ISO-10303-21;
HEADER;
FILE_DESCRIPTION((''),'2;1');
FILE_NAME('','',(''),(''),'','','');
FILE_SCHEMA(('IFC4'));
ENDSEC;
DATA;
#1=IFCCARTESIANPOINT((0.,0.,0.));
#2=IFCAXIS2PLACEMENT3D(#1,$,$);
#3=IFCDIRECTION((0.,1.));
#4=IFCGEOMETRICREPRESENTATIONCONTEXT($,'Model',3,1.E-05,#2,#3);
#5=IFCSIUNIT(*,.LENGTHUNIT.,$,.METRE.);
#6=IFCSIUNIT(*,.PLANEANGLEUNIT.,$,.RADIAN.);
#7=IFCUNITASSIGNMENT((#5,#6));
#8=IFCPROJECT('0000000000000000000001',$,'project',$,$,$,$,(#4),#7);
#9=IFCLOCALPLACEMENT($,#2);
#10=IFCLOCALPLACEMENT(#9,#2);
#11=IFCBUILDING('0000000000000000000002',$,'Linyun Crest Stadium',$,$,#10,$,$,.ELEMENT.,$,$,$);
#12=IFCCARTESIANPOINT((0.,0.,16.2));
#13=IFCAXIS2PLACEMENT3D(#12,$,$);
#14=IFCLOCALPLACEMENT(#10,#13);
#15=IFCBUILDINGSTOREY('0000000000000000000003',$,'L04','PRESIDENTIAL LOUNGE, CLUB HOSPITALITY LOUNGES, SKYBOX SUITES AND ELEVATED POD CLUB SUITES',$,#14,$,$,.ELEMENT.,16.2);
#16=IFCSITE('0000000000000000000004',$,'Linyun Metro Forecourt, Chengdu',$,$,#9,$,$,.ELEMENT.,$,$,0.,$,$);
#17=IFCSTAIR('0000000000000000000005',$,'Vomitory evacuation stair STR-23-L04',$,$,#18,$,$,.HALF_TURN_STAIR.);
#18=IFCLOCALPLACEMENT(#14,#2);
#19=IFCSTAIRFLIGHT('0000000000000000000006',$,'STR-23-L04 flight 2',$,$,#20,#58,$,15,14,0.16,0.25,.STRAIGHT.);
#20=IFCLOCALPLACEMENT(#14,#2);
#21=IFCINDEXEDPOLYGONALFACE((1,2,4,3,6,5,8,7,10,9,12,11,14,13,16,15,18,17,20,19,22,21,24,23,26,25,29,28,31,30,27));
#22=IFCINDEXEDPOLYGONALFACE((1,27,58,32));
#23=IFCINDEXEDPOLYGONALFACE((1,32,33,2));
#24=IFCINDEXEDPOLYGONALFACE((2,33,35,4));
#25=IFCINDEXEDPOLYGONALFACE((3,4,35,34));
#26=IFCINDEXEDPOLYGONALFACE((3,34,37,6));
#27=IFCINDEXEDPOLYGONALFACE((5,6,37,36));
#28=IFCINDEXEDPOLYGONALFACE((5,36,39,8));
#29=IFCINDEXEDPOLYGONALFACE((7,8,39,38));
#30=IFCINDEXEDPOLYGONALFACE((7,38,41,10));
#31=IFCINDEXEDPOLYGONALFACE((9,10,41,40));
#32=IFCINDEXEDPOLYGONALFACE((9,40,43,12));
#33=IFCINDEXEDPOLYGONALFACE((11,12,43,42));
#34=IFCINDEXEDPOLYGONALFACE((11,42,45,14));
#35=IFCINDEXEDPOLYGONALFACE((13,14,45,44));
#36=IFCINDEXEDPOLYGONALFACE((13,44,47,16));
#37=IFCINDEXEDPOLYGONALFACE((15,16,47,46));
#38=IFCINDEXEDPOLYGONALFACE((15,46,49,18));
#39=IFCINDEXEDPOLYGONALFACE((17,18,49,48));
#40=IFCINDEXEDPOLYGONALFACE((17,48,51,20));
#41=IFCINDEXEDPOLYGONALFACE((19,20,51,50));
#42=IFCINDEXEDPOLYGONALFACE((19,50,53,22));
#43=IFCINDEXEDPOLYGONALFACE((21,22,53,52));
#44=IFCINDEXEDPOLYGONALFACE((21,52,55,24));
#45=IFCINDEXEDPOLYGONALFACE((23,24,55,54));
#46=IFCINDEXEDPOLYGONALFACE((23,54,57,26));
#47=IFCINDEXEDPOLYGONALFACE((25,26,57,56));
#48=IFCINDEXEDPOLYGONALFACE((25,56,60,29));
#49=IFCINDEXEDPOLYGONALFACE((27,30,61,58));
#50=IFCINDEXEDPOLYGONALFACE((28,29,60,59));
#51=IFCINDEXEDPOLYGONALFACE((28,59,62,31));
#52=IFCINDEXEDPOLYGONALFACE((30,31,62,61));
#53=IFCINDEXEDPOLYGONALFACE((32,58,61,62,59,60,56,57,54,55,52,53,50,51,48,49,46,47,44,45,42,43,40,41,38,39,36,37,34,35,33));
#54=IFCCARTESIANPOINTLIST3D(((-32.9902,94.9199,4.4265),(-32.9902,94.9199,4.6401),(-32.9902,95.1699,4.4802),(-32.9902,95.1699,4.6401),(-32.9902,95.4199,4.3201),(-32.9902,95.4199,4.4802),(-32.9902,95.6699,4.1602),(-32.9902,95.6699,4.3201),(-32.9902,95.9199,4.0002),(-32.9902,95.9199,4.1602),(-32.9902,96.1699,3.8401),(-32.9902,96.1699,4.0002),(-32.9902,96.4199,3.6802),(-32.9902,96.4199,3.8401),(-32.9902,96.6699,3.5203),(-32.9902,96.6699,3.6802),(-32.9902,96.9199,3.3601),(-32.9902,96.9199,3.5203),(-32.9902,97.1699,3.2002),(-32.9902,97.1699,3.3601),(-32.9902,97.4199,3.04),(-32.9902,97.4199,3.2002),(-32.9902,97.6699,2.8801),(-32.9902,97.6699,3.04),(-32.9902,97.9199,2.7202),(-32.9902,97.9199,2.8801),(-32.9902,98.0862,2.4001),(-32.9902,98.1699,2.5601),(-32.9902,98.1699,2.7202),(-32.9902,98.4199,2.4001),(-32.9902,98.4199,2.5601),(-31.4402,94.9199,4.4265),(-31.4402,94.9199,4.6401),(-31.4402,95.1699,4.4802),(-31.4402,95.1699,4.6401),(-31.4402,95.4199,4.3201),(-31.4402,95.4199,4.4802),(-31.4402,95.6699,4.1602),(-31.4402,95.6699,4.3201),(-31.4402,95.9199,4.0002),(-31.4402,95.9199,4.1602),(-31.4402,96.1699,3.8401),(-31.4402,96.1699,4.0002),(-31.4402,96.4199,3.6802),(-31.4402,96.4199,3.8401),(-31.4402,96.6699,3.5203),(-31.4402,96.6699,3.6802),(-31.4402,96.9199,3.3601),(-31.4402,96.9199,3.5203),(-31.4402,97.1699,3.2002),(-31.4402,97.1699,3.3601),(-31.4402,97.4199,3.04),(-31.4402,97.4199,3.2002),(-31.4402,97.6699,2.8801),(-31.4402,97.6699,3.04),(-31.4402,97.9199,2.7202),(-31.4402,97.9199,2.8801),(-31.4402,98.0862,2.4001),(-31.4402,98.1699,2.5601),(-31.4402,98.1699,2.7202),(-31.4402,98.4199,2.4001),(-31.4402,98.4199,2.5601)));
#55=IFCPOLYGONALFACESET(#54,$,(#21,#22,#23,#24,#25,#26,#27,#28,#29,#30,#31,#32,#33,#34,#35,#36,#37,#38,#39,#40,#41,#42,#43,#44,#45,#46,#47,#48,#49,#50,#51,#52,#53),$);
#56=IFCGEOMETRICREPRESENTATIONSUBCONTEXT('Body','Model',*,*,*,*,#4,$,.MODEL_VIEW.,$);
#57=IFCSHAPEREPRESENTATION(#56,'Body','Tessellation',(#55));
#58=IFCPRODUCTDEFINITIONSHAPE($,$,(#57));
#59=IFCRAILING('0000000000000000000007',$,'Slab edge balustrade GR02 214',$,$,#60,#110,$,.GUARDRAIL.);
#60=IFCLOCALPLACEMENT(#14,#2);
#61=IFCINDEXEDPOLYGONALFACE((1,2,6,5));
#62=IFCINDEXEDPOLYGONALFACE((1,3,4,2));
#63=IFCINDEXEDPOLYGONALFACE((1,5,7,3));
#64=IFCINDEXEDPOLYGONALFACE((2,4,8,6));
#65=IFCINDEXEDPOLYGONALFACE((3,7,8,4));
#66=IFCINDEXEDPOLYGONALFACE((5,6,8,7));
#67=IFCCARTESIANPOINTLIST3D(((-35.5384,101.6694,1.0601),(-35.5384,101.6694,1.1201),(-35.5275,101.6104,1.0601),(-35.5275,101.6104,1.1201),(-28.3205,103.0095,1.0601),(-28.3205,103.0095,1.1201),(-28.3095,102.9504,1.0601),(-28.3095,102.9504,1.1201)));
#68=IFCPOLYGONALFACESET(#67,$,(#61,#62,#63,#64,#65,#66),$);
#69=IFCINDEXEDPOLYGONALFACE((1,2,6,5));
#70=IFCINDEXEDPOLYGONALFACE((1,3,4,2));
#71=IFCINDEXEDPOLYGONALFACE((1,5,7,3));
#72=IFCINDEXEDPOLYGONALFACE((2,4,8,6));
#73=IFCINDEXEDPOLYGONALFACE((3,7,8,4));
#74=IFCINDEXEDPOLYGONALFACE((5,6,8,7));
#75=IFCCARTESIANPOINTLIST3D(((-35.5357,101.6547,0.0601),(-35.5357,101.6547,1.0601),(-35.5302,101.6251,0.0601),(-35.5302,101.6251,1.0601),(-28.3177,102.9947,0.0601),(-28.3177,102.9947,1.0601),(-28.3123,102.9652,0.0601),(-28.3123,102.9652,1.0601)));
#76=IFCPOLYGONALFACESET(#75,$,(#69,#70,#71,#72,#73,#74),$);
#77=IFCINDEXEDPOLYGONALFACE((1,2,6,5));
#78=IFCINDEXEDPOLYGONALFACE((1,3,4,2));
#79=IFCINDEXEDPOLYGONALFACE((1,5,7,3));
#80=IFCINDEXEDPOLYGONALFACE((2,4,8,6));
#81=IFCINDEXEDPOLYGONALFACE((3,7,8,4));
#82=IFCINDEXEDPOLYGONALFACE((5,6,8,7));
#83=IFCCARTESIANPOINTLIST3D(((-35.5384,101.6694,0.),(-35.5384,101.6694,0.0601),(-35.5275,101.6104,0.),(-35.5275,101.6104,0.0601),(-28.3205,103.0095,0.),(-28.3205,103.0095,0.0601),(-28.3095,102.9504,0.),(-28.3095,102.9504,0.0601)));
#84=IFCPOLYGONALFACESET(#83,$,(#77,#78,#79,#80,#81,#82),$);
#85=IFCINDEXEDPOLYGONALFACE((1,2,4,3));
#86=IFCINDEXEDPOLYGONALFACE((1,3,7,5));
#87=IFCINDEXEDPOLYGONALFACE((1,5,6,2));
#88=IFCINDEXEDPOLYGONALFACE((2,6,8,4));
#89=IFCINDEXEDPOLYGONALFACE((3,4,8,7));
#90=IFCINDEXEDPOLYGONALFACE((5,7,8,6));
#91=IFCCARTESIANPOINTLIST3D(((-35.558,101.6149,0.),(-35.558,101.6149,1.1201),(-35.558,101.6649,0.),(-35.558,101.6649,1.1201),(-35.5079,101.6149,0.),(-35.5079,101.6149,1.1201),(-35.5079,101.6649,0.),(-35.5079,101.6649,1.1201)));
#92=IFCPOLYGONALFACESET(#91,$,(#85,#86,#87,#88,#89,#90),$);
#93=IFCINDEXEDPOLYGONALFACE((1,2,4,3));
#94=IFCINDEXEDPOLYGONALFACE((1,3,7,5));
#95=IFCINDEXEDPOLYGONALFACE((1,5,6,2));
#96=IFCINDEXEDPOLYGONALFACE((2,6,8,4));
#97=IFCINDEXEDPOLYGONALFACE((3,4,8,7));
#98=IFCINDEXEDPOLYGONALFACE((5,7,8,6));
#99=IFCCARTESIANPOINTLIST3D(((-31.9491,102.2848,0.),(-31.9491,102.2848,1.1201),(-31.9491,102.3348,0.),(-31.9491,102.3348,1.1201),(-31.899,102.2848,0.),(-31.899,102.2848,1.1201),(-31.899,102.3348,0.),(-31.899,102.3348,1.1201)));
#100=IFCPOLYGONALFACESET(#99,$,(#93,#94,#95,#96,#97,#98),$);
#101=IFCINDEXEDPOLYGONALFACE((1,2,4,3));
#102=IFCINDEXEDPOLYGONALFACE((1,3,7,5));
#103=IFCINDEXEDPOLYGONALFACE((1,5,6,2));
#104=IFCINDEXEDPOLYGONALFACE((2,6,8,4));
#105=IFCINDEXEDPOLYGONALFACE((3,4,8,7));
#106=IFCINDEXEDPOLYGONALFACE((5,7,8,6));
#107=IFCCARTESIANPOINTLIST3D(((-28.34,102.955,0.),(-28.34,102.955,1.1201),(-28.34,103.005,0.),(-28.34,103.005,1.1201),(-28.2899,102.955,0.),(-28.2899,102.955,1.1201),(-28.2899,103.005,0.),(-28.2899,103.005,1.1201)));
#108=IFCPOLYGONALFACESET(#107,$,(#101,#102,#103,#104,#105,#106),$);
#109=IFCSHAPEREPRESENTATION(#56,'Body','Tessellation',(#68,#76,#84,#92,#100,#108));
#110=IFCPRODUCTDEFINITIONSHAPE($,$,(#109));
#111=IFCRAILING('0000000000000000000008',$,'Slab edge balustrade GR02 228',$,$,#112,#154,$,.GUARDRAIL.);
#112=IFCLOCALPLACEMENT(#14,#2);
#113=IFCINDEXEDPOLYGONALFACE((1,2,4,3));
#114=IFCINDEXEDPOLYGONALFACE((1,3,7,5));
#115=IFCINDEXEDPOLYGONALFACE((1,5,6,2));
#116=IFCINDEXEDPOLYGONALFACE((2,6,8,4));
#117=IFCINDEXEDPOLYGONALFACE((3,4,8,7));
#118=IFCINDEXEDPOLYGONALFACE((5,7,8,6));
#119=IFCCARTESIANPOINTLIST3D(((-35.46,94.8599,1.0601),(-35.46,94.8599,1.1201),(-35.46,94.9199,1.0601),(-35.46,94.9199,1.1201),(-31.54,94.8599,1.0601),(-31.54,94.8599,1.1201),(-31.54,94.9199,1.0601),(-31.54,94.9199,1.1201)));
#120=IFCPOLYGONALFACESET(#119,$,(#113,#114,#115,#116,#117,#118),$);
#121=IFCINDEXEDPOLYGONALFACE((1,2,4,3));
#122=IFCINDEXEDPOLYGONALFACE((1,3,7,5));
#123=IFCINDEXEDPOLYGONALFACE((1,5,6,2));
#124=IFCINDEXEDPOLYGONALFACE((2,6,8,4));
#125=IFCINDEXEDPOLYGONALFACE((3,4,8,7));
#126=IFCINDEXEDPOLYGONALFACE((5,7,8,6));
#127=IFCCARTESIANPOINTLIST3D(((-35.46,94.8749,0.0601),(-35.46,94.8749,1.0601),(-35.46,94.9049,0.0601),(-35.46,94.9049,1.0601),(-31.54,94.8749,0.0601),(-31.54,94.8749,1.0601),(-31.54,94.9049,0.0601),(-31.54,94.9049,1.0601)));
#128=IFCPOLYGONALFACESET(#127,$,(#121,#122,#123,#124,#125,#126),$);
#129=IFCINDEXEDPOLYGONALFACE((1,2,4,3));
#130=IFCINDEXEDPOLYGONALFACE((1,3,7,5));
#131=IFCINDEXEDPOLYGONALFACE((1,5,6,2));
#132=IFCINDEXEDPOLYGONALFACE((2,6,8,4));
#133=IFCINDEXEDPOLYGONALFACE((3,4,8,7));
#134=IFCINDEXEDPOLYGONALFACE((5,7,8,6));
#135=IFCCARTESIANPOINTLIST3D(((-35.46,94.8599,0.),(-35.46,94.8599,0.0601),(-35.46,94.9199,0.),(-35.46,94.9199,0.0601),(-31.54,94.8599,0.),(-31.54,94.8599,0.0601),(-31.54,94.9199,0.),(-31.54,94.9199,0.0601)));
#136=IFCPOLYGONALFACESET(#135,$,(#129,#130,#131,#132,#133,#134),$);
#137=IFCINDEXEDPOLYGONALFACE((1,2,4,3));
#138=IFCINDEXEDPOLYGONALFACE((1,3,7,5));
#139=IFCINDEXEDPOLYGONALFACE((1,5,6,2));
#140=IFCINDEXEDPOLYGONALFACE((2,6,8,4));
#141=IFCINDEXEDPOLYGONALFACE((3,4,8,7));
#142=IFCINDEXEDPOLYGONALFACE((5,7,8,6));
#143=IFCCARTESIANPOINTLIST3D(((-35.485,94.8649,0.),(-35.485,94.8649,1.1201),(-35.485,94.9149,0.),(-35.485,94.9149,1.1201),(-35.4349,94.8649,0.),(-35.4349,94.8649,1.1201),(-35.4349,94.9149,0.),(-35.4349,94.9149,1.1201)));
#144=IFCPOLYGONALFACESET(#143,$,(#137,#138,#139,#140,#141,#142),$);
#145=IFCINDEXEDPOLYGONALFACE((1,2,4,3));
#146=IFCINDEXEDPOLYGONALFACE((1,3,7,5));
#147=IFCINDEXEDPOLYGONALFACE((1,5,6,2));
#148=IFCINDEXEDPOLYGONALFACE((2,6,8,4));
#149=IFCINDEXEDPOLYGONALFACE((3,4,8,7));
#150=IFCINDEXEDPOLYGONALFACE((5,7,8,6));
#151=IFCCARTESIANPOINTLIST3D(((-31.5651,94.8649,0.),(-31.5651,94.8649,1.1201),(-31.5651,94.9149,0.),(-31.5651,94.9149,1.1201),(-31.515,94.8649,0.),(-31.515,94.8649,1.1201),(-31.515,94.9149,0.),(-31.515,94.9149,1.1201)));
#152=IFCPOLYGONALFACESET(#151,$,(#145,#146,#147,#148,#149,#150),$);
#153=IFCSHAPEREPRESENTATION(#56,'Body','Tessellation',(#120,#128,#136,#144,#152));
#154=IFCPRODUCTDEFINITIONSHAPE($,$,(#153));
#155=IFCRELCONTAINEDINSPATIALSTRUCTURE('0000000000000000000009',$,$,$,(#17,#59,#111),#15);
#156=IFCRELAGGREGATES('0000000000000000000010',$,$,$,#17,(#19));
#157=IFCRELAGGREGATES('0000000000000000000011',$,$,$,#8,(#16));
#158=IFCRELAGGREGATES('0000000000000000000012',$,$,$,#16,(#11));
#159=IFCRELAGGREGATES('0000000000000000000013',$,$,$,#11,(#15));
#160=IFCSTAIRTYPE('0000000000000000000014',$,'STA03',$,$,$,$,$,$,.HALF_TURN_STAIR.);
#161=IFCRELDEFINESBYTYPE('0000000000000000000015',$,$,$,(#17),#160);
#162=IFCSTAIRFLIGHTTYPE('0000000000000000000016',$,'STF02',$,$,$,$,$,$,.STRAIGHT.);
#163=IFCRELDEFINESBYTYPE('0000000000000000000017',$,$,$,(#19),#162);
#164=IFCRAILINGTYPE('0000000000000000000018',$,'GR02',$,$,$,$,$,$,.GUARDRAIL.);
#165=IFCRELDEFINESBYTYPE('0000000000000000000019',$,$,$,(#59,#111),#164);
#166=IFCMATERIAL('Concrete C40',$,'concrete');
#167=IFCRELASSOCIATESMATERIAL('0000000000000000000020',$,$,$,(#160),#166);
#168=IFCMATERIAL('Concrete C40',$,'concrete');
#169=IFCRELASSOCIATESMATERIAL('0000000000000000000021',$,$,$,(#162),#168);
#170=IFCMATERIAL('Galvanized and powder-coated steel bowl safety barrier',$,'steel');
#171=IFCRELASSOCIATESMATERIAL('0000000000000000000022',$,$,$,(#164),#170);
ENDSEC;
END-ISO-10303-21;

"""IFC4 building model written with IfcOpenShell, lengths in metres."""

from ifc_helpers import new_model, si_unit, direction, frame, origin, origin_2d, place, context, subcontext, project, spatial, polyline, rectangle, outline, extrude, material, type_object, element, aggregate, save


model = new_model("IFC4")

# Units and contexts
model_context = context("Model", 3, precision=1e-05, world=origin(), true_north=direction((0.0, 1.0)))
body_context = subcontext(model_context, "Body", "Model", "MODEL_VIEW")
ifc_project = project(units=[si_unit("LENGTHUNIT", "METRE"), si_unit("PLANEANGLEUNIT", "RADIAN")], contexts=[model_context])

# Site, building, storey
site_placement = place(None, origin())
site = spatial("IfcSite", under=ifc_project, at=site_placement, Name="Linyun Metro Forecourt, Chengdu", CompositionType="ELEMENT", RefElevation=0.0)
building_placement = place(site_placement, origin())
building = spatial("IfcBuilding", under=site, at=building_placement, Name="Linyun Crest Stadium", CompositionType="ELEMENT")
storey_placement = place(building_placement, frame((0.0, 0.0, 16.2)))
storey = spatial("IfcBuildingStorey", under=building, at=storey_placement, Name="L04", Description="PRESIDENTIAL LOUNGE, CLUB HOSPITALITY LOUNGES, SKYBOX SUITES AND ELEVATED POD CLUB SUITES", CompositionType="ELEMENT", Elevation=16.2)

# Stair, stair flight
ifc_material_1 = material(Name="Concrete C40", Category="concrete")
stair_type = type_object("IfcStairType", Name="STA03", PredefinedType="HALF_TURN_STAIR", material=ifc_material_1)
stair_placement = place(storey_placement, origin())
stair = element("IfcStair", 1, at=stair_placement, inside=storey, type_object=stair_type, Name="Vomitory evacuation stair STR-23-L04", PredefinedType="HALF_TURN_STAIR")
ifc_material_2 = material(Name="Concrete C40", Category="concrete")
stair_flight_type = type_object("IfcStairFlightType", Name="STF02", PredefinedType="STRAIGHT", material=ifc_material_2)
stair_flight_1_placement = place(storey_placement, frame((-32.2151, 98.4199, 2.4001), z_axis=(0.0, 0.0, 1.0), x_axis=(0.0, -1.0, 0.0)))
stair_flight_1 = element("IfcStairFlight", 2, at=stair_flight_1_placement, type_object=stair_flight_type, Name="STR-23-L04 flight 2", NumberOfRisers=15, NumberOfTreads=14, PredefinedType="STRAIGHT", RiserHeight=0.16, TreadLength=0.25, context=body_context, shape_type="SweptSolid", body=[
    extrude(outline(polyline([(0.0, 0.0), (0.0, 0.1599), (0.25, 0.1599), (0.25, 0.3201), (0.5, 0.3201), (0.5, 0.48), (0.75, 0.48), (0.75, 0.6399), (1.0, 0.6399), (1.0, 0.8), (1.25, 0.8), (1.25, 0.96), (1.5, 0.96), (1.5, 1.1201), (1.75, 1.1201), (1.75, 1.28), (2.0, 1.28), (2.0, 1.4399), (2.25, 1.4399), (2.25, 1.6001), (2.5, 1.6001), (2.5, 1.76), (2.75, 1.76), (2.75, 1.9199), (3.0, 1.9199), (3.0, 2.0801), (3.25, 2.0801), (3.25, 2.24), (3.5, 2.24), (3.5, 2.3999), (3.5, 2.0264), (0.3337, 0.0), (0.0, 0.0)])), frame((0.0, 0.7749, 0.0), z_axis=(0.0, -1.0, 0.0), x_axis=(1.0, 0.0, 0.0)), (0.0, 0.0, 1.0), 1.55),
])
aggregate(stair, [stair_flight_1])

# Railings
ifc_material_3 = material(Name="Galvanized and powder-coated steel bowl safety barrier", Category="steel")
railing_type_1 = type_object("IfcRailingType", Name="GR02", PredefinedType="GUARDRAIL", material=ifc_material_3)
railing_1_placement = place(storey_placement, frame((-35.533, 101.6399, 0.0)))
element("IfcRailing", 3, at=railing_1_placement, inside=storey, type_object=railing_type_1, Name="Slab edge balustrade GR02 214", PredefinedType="GUARDRAIL", context=body_context, shape_type="SweptSolid", body=[
    extrude(rectangle(XDim=0.0601, YDim=0.0601, at=origin_2d()), frame((0.0, 0.0, 1.0901), z_axis=(0.983199, 0.182539, 0.0), x_axis=(-0.182539, 0.983199, 0.0)), (0.0, 0.0, 1.0), 7.3413),
    extrude(rectangle(XDim=0.03, YDim=1.0, at=origin_2d()), frame((0.0, 0.0, 0.5601), z_axis=(0.983199, 0.182539, 0.0), x_axis=(-0.182539, 0.983199, 0.0)), (0.0, 0.0, 1.0), 7.3413),
    extrude(rectangle(XDim=0.0601, YDim=0.0601, at=origin_2d()), frame((0.0, 0.0, 0.03), z_axis=(0.983199, 0.182539, 0.0), x_axis=(-0.182539, 0.983199, 0.0)), (0.0, 0.0, 1.0), 7.3413),
    extrude(rectangle(XDim=0.05, YDim=0.05, at=origin_2d()), origin(), (0.0, 0.0, 1.0), 1.1201),
    extrude(rectangle(XDim=0.05, YDim=0.05, at=origin_2d()), frame((3.6089, 0.6699, 0.0)), (0.0, 0.0, 1.0), 1.1201),
    extrude(rectangle(XDim=0.05, YDim=0.05, at=origin_2d()), frame((7.218, 1.3401, 0.0)), (0.0, 0.0, 1.0), 1.1201),
])
railing_2_placement = place(storey_placement, frame((-35.46, 94.8899, 0.0)))
element("IfcRailing", 4, at=railing_2_placement, inside=storey, type_object=railing_type_1, Name="Slab edge balustrade GR02 228", PredefinedType="GUARDRAIL", context=body_context, shape_type="SweptSolid", body=[
    extrude(rectangle(XDim=0.0601, YDim=0.0601, at=origin_2d()), frame((0.0, 0.0, 1.0901), z_axis=(1.0, 0.0, 0.0), x_axis=(0.0, 1.0, 0.0)), (0.0, 0.0, 1.0), 3.9199),
    extrude(rectangle(XDim=0.03, YDim=1.0, at=origin_2d()), frame((0.0, 0.0, 0.5601), z_axis=(1.0, 0.0, 0.0), x_axis=(0.0, 1.0, 0.0)), (0.0, 0.0, 1.0), 3.9199),
    extrude(rectangle(XDim=0.0601, YDim=0.0601, at=origin_2d()), frame((0.0, 0.0, 0.03), z_axis=(1.0, 0.0, 0.0), x_axis=(0.0, 1.0, 0.0)), (0.0, 0.0, 1.0), 3.9199),
    extrude(rectangle(XDim=0.05, YDim=0.05, at=origin_2d()), origin(), (0.0, 0.0, 1.0), 1.1201),
    extrude(rectangle(XDim=0.05, YDim=0.05, at=origin_2d()), frame((3.9199, 0.0, 0.0)), (0.0, 0.0, 1.0), 1.1201),
])

save(model, "model.ifc")
